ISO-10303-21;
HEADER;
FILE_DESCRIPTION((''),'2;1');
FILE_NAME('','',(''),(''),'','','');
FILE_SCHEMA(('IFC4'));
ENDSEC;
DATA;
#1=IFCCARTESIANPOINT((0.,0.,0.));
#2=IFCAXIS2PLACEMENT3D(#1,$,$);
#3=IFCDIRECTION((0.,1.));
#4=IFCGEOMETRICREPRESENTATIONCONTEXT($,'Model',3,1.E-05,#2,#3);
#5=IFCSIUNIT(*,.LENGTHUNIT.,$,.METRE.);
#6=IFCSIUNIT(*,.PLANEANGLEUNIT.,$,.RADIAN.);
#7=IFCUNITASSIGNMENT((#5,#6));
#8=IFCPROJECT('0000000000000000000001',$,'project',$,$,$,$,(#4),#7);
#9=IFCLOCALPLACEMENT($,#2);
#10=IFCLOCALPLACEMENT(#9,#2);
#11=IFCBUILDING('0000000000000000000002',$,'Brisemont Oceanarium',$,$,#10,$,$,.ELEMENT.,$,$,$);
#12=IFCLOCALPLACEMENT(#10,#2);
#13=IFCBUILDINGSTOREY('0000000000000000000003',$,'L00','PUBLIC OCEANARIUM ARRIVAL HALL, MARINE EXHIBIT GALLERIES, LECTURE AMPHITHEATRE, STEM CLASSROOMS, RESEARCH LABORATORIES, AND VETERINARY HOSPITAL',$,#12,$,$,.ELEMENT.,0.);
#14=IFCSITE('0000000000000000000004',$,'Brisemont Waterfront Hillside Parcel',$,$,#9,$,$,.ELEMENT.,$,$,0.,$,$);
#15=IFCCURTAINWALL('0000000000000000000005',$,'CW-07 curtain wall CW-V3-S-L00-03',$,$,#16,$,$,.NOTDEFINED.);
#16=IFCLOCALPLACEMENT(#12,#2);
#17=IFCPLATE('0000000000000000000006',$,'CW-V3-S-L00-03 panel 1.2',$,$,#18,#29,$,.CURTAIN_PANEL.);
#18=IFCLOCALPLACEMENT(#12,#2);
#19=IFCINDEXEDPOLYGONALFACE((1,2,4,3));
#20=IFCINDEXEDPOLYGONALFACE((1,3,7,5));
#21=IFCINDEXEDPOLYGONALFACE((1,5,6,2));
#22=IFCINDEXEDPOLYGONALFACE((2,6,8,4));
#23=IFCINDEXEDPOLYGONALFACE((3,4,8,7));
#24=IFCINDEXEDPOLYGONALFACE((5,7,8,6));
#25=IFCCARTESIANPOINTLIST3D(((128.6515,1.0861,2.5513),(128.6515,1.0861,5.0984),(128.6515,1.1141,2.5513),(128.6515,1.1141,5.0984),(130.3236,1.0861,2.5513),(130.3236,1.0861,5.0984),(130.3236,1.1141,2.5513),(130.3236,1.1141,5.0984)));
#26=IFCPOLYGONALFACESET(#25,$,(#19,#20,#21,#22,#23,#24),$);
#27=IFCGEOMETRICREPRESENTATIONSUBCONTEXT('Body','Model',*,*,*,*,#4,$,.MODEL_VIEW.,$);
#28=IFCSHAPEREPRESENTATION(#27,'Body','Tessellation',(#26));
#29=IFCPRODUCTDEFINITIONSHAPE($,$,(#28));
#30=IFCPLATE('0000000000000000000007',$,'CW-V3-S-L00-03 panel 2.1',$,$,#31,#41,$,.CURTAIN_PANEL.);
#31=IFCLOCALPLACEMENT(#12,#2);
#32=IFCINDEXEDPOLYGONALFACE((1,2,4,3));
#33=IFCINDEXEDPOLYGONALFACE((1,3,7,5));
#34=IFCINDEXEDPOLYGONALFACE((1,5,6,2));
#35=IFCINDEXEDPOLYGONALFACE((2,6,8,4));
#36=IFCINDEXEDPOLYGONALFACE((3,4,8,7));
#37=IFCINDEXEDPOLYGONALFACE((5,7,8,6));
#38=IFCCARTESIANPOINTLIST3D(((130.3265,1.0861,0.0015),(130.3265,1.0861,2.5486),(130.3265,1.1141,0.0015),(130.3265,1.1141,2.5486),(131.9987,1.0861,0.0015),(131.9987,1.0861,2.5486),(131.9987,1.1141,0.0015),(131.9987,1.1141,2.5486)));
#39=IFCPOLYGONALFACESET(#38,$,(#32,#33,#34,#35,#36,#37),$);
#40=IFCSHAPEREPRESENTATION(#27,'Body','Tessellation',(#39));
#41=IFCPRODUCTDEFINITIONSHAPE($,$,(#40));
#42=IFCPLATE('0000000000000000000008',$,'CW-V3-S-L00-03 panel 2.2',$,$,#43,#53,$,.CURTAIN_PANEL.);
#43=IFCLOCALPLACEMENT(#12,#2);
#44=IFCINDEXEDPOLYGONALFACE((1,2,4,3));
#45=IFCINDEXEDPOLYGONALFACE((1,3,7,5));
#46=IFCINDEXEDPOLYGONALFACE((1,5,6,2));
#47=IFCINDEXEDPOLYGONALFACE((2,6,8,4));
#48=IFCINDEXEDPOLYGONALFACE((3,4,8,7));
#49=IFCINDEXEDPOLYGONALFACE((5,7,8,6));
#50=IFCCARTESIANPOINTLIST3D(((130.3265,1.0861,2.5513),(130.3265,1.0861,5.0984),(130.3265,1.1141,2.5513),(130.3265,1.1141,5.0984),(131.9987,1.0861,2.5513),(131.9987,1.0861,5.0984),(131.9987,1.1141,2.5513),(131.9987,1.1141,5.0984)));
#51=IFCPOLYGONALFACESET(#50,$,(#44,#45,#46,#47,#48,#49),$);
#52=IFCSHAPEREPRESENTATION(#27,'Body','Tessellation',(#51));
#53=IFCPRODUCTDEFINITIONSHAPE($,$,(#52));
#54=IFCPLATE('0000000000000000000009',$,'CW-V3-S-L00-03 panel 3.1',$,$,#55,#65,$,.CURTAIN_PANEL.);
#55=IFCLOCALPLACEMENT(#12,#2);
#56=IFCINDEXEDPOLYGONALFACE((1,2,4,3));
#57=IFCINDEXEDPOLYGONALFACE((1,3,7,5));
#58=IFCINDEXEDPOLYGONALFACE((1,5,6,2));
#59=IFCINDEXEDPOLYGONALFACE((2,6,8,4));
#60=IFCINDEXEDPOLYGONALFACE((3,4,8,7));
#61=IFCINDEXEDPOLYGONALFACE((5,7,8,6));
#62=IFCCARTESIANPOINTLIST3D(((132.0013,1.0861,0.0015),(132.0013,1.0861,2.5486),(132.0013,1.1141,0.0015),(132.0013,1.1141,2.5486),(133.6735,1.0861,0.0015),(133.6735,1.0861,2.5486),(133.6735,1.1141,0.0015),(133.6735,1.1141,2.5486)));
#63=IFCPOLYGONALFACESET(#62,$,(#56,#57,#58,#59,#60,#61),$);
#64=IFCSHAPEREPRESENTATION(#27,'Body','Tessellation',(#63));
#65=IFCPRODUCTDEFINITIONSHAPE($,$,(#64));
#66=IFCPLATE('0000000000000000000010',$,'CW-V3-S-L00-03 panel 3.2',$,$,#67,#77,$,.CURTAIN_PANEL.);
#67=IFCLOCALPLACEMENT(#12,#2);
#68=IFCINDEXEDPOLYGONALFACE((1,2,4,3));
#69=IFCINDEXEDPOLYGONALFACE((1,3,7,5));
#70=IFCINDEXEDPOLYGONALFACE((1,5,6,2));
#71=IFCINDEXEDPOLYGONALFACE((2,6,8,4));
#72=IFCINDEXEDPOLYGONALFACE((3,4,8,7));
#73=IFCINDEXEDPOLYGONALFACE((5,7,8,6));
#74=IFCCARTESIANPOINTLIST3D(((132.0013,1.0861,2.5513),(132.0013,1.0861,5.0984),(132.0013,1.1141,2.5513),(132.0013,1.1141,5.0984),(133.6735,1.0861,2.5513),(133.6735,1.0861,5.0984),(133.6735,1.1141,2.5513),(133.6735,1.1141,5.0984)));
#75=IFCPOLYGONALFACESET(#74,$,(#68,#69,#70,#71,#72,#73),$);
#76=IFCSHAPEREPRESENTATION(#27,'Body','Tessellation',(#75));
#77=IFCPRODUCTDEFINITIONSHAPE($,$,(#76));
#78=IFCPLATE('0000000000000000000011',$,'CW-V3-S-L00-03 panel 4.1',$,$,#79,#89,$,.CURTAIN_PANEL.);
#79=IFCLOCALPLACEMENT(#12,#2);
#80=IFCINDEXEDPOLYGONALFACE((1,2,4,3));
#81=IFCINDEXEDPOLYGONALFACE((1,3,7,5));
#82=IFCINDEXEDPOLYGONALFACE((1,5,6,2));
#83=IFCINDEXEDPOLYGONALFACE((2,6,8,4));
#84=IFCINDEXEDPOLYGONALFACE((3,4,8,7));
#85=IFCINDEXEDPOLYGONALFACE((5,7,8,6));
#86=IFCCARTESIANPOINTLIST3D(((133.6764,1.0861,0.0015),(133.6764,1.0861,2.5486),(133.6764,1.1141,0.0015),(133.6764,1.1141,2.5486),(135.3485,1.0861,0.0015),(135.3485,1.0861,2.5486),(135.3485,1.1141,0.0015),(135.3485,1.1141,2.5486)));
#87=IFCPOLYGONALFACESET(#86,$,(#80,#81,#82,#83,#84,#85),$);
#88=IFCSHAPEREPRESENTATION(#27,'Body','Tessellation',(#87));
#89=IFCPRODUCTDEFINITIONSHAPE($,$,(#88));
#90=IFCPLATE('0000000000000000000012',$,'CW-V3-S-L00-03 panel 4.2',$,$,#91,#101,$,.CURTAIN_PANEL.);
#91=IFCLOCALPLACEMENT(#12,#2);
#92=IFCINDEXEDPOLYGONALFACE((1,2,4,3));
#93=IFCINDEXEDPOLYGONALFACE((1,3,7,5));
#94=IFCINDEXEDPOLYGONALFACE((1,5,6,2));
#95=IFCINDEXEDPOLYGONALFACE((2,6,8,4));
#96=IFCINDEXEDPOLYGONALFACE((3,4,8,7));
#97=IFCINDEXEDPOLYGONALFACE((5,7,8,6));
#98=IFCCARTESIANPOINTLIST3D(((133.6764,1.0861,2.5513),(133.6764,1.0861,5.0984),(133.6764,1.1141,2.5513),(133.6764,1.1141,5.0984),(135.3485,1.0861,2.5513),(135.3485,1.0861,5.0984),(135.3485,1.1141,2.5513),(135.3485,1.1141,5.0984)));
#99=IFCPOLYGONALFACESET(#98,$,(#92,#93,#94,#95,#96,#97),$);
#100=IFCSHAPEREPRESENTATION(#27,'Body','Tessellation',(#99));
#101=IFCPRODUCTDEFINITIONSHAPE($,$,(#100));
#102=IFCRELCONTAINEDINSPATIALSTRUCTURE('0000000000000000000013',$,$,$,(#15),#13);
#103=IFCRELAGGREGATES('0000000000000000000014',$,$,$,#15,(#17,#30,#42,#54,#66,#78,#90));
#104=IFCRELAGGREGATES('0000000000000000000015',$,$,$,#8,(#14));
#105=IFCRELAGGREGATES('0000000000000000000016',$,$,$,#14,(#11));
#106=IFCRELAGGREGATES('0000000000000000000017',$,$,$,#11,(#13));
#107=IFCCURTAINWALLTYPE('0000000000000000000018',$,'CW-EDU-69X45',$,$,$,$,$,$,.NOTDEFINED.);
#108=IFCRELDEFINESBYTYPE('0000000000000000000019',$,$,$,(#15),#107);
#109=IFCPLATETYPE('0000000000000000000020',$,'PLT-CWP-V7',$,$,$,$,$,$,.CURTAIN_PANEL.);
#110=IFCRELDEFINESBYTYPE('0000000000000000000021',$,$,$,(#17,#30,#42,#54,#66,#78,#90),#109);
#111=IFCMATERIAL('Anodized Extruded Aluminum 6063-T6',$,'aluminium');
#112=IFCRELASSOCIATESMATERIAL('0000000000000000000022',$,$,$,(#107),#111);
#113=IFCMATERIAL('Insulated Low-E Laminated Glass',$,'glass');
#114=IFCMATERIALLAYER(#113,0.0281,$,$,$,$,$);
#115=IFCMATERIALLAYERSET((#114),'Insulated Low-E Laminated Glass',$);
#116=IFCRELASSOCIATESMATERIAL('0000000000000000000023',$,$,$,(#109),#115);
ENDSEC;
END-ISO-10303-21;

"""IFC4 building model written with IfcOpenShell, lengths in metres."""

from ifc_helpers import new_model, si_unit, direction, frame, origin, origin_2d, place, context, subcontext, project, spatial, rectangle, extrude, material, layer, layer_set, type_object, element, aggregate, save


model = new_model("IFC4")

# Units and contexts
model_context = context("Model", 3, precision=1e-05, world=origin(), true_north=direction((0.0, 1.0)))
body_context = subcontext(model_context, "Body", "Model", "MODEL_VIEW")
ifc_project = project(units=[si_unit("LENGTHUNIT", "METRE"), si_unit("PLANEANGLEUNIT", "RADIAN")], contexts=[model_context])

# Site, building, storey
site_placement = place(None, origin())
site = spatial("IfcSite", under=ifc_project, at=site_placement, Name="Brisemont Waterfront Hillside Parcel", CompositionType="ELEMENT", RefElevation=0.0)
building_placement = place(site_placement, origin())
building = spatial("IfcBuilding", under=site, at=building_placement, Name="Brisemont Oceanarium", CompositionType="ELEMENT")
storey_placement = place(building_placement, origin())
storey = spatial("IfcBuildingStorey", under=building, at=storey_placement, Name="L00", Description="PUBLIC OCEANARIUM ARRIVAL HALL, MARINE EXHIBIT GALLERIES, LECTURE AMPHITHEATRE, STEM CLASSROOMS, RESEARCH LABORATORIES, AND VETERINARY HOSPITAL", CompositionType="ELEMENT", Elevation=0.0)

# Shared definitions
ifc_material_1 = material(Name="Anodized Extruded Aluminum 6063-T6", Category="aluminium")
curtain_wall_type = type_object("IfcCurtainWallType", Name="CW-EDU-69X45", PredefinedType="NOTDEFINED", material=ifc_material_1)

# Curtain wall
curtain_wall_1_placement = place(storey_placement, origin())
curtain_wall_1 = element("IfcCurtainWall", 1, at=curtain_wall_1_placement, inside=storey, type_object=curtain_wall_type, Name="CW-07 curtain wall CW-V3-S-L00-03", PredefinedType="NOTDEFINED")

# Plates
ifc_material_2 = material(Name="Insulated Low-E Laminated Glass", Category="glass")
ifc_layer = layer(ifc_material_2, 0.0281)
ifc_layer_set = layer_set([ifc_layer], Name="Insulated Low-E Laminated Glass")
plate_type = type_object("IfcPlateType", Name="PLT-CWP-V7", PredefinedType="CURTAIN_PANEL", material=ifc_layer_set)
plate_1_placement = place(storey_placement, frame((129.4875, 1.1001, 2.5513), z_axis=(0.0, 0.0, 1.0), x_axis=(1.0, 0.0, 0.0)))
plate_1 = element("IfcPlate", 2, at=plate_1_placement, type_object=plate_type, Name="CW-V3-S-L00-03 panel 1.2", PredefinedType="CURTAIN_PANEL", context=body_context, shape_type="SweptSolid", body=[
    extrude(rectangle(XDim=1.6721, YDim=0.0281, at=origin_2d()), origin(), (0.0, 0.0, 1.0), 2.5471),
])
plate_2_placement = place(storey_placement, frame((131.1626, 1.1001, 0.0015), z_axis=(0.0, 0.0, 1.0), x_axis=(1.0, 0.0, 0.0)))
plate_2 = element("IfcPlate", 3, at=plate_2_placement, type_object=plate_type, Name="CW-V3-S-L00-03 panel 2.1", PredefinedType="CURTAIN_PANEL", context=body_context, shape_type="SweptSolid", body=[
    extrude(rectangle(XDim=1.6721, YDim=0.0281, at=origin_2d()), origin(), (0.0, 0.0, 1.0), 2.5471),
])
plate_3_placement = place(storey_placement, frame((131.1626, 1.1001, 2.5513), z_axis=(0.0, 0.0, 1.0), x_axis=(1.0, 0.0, 0.0)))
plate_3 = element("IfcPlate", 4, at=plate_3_placement, type_object=plate_type, Name="CW-V3-S-L00-03 panel 2.2", PredefinedType="CURTAIN_PANEL", context=body_context, shape_type="SweptSolid", body=[
    extrude(rectangle(XDim=1.6721, YDim=0.0281, at=origin_2d()), origin(), (0.0, 0.0, 1.0), 2.5471),
])
plate_4_placement = place(storey_placement, frame((132.8374, 1.1001, 0.0015), z_axis=(0.0, 0.0, 1.0), x_axis=(1.0, 0.0, 0.0)))
plate_4 = element("IfcPlate", 5, at=plate_4_placement, type_object=plate_type, Name="CW-V3-S-L00-03 panel 3.1", PredefinedType="CURTAIN_PANEL", context=body_context, shape_type="SweptSolid", body=[
    extrude(rectangle(XDim=1.6721, YDim=0.0281, at=origin_2d()), origin(), (0.0, 0.0, 1.0), 2.5471),
])
plate_5_placement = place(storey_placement, frame((132.8374, 1.1001, 2.5513), z_axis=(0.0, 0.0, 1.0), x_axis=(1.0, 0.0, 0.0)))
plate_5 = element("IfcPlate", 6, at=plate_5_placement, type_object=plate_type, Name="CW-V3-S-L00-03 panel 3.2", PredefinedType="CURTAIN_PANEL", context=body_context, shape_type="SweptSolid", body=[
    extrude(rectangle(XDim=1.6721, YDim=0.0281, at=origin_2d()), origin(), (0.0, 0.0, 1.0), 2.5471),
])
plate_6_placement = place(storey_placement, frame((134.5125, 1.1001, 0.0015), z_axis=(0.0, 0.0, 1.0), x_axis=(1.0, 0.0, 0.0)))
plate_6 = element("IfcPlate", 7, at=plate_6_placement, type_object=plate_type, Name="CW-V3-S-L00-03 panel 4.1", PredefinedType="CURTAIN_PANEL", context=body_context, shape_type="SweptSolid", body=[
    extrude(rectangle(XDim=1.6721, YDim=0.0281, at=origin_2d()), origin(), (0.0, 0.0, 1.0), 2.5471),
])
plate_7_placement = place(storey_placement, frame((134.5125, 1.1001, 2.5513), z_axis=(0.0, 0.0, 1.0), x_axis=(1.0, 0.0, 0.0)))
plate_7 = element("IfcPlate", 8, at=plate_7_placement, type_object=plate_type, Name="CW-V3-S-L00-03 panel 4.2", PredefinedType="CURTAIN_PANEL", context=body_context, shape_type="SweptSolid", body=[
    extrude(rectangle(XDim=1.6721, YDim=0.0281, at=origin_2d()), origin(), (0.0, 0.0, 1.0), 2.5471),
])
aggregate(curtain_wall_1, [plate_1, plate_2, plate_3, plate_4, plate_5, plate_6, plate_7])

save(model, "model.ifc")
